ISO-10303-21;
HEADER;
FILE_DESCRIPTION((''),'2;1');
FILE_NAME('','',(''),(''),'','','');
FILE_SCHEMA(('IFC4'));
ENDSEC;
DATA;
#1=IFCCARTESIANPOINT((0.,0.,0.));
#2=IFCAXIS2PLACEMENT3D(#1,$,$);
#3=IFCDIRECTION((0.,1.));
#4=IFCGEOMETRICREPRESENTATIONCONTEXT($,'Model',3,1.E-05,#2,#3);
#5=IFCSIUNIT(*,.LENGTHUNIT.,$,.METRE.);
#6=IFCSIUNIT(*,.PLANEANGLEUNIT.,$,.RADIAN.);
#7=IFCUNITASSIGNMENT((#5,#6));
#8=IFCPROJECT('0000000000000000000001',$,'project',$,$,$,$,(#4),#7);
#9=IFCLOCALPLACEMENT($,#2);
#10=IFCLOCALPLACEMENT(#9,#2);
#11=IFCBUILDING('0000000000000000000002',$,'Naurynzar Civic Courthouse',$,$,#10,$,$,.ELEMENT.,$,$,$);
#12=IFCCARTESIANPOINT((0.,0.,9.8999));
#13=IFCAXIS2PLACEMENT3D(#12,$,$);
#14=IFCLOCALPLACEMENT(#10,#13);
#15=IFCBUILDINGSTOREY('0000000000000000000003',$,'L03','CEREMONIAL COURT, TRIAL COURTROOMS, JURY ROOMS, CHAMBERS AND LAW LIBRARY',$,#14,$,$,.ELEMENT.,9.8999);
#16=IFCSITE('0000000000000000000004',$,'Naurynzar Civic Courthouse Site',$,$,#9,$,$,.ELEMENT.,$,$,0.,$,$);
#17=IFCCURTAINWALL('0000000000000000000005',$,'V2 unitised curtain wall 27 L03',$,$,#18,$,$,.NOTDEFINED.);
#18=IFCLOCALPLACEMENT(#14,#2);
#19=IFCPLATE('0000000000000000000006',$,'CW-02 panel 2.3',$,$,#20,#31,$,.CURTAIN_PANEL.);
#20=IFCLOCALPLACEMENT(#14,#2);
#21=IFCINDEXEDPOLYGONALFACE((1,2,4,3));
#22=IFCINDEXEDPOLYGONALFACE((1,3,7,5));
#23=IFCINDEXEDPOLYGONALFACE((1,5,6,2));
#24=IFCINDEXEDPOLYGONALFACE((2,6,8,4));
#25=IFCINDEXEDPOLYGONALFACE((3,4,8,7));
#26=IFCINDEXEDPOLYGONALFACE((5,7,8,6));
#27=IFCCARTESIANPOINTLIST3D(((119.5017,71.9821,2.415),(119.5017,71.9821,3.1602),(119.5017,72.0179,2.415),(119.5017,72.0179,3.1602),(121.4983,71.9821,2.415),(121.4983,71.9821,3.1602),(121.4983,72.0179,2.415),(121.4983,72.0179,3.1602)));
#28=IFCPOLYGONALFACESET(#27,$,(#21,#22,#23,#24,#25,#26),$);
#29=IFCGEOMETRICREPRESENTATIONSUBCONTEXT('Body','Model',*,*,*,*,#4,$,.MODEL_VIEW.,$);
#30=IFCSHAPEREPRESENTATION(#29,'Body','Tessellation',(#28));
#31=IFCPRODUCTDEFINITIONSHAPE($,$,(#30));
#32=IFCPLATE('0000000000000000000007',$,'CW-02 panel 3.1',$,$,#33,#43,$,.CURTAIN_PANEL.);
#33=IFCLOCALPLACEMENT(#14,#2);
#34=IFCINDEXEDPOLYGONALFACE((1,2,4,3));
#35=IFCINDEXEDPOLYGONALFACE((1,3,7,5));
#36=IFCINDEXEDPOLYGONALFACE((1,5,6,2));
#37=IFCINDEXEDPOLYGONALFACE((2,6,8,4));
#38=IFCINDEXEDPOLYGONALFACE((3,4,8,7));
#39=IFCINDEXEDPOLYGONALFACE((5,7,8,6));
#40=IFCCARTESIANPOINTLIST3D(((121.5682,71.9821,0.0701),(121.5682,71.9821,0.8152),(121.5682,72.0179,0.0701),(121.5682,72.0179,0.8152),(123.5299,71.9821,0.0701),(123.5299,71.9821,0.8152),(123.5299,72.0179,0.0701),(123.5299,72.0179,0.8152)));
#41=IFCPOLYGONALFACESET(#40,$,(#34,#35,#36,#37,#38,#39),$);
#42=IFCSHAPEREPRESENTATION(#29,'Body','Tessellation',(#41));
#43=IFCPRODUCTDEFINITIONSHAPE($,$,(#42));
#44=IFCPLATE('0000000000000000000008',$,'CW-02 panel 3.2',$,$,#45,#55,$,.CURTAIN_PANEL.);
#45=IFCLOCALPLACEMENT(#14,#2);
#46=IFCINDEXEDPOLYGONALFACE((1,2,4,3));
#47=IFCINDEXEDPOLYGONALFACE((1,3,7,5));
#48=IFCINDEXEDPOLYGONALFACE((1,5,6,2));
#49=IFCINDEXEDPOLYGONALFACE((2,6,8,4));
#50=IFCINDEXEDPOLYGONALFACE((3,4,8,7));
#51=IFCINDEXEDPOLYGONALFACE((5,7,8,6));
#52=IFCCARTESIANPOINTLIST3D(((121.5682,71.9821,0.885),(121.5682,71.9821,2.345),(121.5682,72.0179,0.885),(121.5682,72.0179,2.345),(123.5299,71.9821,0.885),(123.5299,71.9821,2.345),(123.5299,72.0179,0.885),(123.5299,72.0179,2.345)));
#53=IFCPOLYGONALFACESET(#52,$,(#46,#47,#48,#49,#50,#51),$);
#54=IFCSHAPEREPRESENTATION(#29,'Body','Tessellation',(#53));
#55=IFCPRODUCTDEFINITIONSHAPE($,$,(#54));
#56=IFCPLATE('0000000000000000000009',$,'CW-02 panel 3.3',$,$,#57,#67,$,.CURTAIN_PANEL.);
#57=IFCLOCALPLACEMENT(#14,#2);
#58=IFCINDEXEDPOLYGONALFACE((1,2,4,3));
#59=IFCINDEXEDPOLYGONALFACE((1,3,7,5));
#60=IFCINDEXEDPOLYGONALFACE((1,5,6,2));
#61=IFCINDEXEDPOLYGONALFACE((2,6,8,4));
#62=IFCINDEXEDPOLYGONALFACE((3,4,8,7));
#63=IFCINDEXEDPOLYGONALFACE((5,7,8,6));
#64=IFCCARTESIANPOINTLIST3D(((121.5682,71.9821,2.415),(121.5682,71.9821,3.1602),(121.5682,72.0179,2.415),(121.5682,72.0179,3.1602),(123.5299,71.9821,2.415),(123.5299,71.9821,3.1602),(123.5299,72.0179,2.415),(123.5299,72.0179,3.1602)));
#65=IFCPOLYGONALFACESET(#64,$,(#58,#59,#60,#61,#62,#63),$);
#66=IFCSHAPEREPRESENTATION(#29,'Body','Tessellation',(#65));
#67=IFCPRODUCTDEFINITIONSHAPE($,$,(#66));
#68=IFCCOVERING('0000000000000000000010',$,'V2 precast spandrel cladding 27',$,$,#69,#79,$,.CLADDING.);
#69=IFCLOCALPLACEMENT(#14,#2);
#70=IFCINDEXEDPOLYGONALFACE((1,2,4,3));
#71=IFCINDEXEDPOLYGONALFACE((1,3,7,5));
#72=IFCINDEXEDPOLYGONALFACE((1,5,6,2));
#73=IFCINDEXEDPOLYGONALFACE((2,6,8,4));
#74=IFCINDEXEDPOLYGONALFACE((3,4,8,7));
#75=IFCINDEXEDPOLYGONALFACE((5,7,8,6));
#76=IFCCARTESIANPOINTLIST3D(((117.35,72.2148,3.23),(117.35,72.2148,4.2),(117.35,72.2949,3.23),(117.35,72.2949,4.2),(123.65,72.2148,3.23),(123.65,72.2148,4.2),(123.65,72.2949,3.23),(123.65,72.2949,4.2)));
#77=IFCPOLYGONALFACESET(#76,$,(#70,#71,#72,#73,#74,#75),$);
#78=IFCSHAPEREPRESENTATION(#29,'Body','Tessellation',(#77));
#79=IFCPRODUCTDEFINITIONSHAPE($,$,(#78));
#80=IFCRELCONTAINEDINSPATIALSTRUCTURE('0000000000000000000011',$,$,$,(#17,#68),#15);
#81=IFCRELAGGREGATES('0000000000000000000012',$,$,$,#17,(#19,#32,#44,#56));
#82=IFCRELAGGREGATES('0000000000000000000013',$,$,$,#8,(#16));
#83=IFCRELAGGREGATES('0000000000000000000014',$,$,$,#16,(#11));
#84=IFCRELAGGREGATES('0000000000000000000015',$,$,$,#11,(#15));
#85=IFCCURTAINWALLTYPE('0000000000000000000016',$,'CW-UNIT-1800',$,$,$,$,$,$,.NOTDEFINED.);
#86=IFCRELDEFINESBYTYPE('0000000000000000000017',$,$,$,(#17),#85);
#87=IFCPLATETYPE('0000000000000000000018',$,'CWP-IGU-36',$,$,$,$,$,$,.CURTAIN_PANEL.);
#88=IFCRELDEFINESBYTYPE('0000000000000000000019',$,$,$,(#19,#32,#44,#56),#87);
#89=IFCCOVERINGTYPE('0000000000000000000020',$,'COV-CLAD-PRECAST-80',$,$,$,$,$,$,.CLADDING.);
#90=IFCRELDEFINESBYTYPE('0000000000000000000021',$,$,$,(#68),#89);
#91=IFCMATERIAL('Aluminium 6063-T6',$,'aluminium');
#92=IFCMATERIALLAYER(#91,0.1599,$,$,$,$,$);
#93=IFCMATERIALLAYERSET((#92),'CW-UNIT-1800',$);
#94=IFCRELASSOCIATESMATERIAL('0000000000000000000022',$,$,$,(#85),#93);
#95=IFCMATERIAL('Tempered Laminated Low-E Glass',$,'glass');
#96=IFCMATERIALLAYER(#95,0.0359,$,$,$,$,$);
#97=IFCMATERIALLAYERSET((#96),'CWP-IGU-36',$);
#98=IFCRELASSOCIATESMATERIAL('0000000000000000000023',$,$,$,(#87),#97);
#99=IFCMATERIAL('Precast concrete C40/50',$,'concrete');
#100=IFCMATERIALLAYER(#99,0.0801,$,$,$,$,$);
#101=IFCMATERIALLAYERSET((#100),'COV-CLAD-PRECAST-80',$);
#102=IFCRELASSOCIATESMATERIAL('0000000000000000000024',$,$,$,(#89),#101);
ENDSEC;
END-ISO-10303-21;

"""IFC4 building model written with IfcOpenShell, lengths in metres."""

from ifc_helpers import new_model, si_unit, direction, frame, origin, origin_2d, place, context, subcontext, project, spatial, rectangle, extrude, material, layer, layer_set, type_object, element, aggregate, save


model = new_model("IFC4")

# Units and contexts
model_context = context("Model", 3, precision=1e-05, world=origin(), true_north=direction((0.0, 1.0)))
body_context = subcontext(model_context, "Body", "Model", "MODEL_VIEW")
ifc_project = project(units=[si_unit("LENGTHUNIT", "METRE"), si_unit("PLANEANGLEUNIT", "RADIAN")], contexts=[model_context])

# Site, building, storey
site_placement = place(None, origin())
site = spatial("IfcSite", under=ifc_project, at=site_placement, Name="Naurynzar Civic Courthouse Site", CompositionType="ELEMENT", RefElevation=0.0)
building_placement = place(site_placement, origin())
building = spatial("IfcBuilding", under=site, at=building_placement, Name="Naurynzar Civic Courthouse", CompositionType="ELEMENT")
storey_placement = place(building_placement, frame((0.0, 0.0, 9.8999)))
storey = spatial("IfcBuildingStorey", under=building, at=storey_placement, Name="L03", Description="CEREMONIAL COURT, TRIAL COURTROOMS, JURY ROOMS, CHAMBERS AND LAW LIBRARY", CompositionType="ELEMENT", Elevation=9.8999)

# Curtain wall, plates
ifc_material_1 = material(Name="Aluminium 6063-T6", Category="aluminium")
ifc_layer_1 = layer(ifc_material_1, 0.1599)
ifc_layer_set_1 = layer_set([ifc_layer_1], Name="CW-UNIT-1800")
curtain_wall_type = type_object("IfcCurtainWallType", Name="CW-UNIT-1800", PredefinedType="NOTDEFINED", material=ifc_layer_set_1)
curtain_wall_placement = place(storey_placement, origin())
curtain_wall = element("IfcCurtainWall", 1, at=curtain_wall_placement, inside=storey, type_object=curtain_wall_type, Name="V2 unitised curtain wall 27 L03", PredefinedType="NOTDEFINED")
ifc_material_2 = material(Name="Tempered Laminated Low-E Glass", Category="glass")
ifc_layer_2 = layer(ifc_material_2, 0.0359)
ifc_layer_set_2 = layer_set([ifc_layer_2], Name="CWP-IGU-36")
plate_type = type_object("IfcPlateType", Name="CWP-IGU-36", PredefinedType="CURTAIN_PANEL", material=ifc_layer_set_2)
plate_1_placement = place(storey_placement, frame((120.5, 72.0, 2.415), z_axis=(0.0, 0.0, 1.0), x_axis=(1.0, 0.0, 0.0)))
plate_1 = element("IfcPlate", 2, at=plate_1_placement, type_object=plate_type, Name="CW-02 panel 2.3", PredefinedType="CURTAIN_PANEL", context=body_context, shape_type="SweptSolid", body=[
    extrude(rectangle(XDim=1.9966, YDim=0.0359, at=origin_2d()), origin(), (0.0, 0.0, 1.0), 0.7451),
])
plate_2_placement = place(storey_placement, frame((122.5491, 72.0, 0.0701), z_axis=(0.0, 0.0, 1.0), x_axis=(1.0, 0.0, 0.0)))
plate_2 = element("IfcPlate", 3, at=plate_2_placement, type_object=plate_type, Name="CW-02 panel 3.1", PredefinedType="CURTAIN_PANEL", context=body_context, shape_type="SweptSolid", body=[
    extrude(rectangle(XDim=1.9617, YDim=0.0359, at=origin_2d()), origin(), (0.0, 0.0, 1.0), 0.7451),
])
plate_3_placement = place(storey_placement, frame((122.5491, 72.0, 0.885), z_axis=(0.0, 0.0, 1.0), x_axis=(1.0, 0.0, 0.0)))
plate_3 = element("IfcPlate", 4, at=plate_3_placement, type_object=plate_type, Name="CW-02 panel 3.2", PredefinedType="CURTAIN_PANEL", context=body_context, shape_type="SweptSolid", body=[
    extrude(rectangle(XDim=1.9617, YDim=0.0359, at=origin_2d()), origin(), (0.0, 0.0, 1.0), 1.46),
])
plate_4_placement = place(storey_placement, frame((122.5491, 72.0, 2.415), z_axis=(0.0, 0.0, 1.0), x_axis=(1.0, 0.0, 0.0)))
plate_4 = element("IfcPlate", 5, at=plate_4_placement, type_object=plate_type, Name="CW-02 panel 3.3", PredefinedType="CURTAIN_PANEL", context=body_context, shape_type="SweptSolid", body=[
    extrude(rectangle(XDim=1.9617, YDim=0.0359, at=origin_2d()), origin(), (0.0, 0.0, 1.0), 0.7451),
])
aggregate(curtain_wall, [plate_1, plate_2, plate_3, plate_4])

# Covering
ifc_material_3 = material(Name="Precast concrete C40/50", Category="concrete")
ifc_layer_3 = layer(ifc_material_3, 0.0801)
ifc_layer_set_3 = layer_set([ifc_layer_3], Name="COV-CLAD-PRECAST-80")
covering_type = type_object("IfcCoveringType", Name="COV-CLAD-PRECAST-80", PredefinedType="CLADDING", material=ifc_layer_set_3)
covering_placement = place(storey_placement, frame((120.5, 72.2549, 3.23), z_axis=(0.0, 0.0, 1.0), x_axis=(1.0, 0.0, 0.0)))
element("IfcCovering", 6, at=covering_placement, inside=storey, type_object=covering_type, Name="V2 precast spandrel cladding 27", PredefinedType="CLADDING", context=body_context, shape_type="SweptSolid", body=[
    extrude(rectangle(XDim=6.3, YDim=0.0801, at=origin_2d()), origin(), (0.0, 0.0, 1.0), 0.97),
])

save(model, "model.ifc")
